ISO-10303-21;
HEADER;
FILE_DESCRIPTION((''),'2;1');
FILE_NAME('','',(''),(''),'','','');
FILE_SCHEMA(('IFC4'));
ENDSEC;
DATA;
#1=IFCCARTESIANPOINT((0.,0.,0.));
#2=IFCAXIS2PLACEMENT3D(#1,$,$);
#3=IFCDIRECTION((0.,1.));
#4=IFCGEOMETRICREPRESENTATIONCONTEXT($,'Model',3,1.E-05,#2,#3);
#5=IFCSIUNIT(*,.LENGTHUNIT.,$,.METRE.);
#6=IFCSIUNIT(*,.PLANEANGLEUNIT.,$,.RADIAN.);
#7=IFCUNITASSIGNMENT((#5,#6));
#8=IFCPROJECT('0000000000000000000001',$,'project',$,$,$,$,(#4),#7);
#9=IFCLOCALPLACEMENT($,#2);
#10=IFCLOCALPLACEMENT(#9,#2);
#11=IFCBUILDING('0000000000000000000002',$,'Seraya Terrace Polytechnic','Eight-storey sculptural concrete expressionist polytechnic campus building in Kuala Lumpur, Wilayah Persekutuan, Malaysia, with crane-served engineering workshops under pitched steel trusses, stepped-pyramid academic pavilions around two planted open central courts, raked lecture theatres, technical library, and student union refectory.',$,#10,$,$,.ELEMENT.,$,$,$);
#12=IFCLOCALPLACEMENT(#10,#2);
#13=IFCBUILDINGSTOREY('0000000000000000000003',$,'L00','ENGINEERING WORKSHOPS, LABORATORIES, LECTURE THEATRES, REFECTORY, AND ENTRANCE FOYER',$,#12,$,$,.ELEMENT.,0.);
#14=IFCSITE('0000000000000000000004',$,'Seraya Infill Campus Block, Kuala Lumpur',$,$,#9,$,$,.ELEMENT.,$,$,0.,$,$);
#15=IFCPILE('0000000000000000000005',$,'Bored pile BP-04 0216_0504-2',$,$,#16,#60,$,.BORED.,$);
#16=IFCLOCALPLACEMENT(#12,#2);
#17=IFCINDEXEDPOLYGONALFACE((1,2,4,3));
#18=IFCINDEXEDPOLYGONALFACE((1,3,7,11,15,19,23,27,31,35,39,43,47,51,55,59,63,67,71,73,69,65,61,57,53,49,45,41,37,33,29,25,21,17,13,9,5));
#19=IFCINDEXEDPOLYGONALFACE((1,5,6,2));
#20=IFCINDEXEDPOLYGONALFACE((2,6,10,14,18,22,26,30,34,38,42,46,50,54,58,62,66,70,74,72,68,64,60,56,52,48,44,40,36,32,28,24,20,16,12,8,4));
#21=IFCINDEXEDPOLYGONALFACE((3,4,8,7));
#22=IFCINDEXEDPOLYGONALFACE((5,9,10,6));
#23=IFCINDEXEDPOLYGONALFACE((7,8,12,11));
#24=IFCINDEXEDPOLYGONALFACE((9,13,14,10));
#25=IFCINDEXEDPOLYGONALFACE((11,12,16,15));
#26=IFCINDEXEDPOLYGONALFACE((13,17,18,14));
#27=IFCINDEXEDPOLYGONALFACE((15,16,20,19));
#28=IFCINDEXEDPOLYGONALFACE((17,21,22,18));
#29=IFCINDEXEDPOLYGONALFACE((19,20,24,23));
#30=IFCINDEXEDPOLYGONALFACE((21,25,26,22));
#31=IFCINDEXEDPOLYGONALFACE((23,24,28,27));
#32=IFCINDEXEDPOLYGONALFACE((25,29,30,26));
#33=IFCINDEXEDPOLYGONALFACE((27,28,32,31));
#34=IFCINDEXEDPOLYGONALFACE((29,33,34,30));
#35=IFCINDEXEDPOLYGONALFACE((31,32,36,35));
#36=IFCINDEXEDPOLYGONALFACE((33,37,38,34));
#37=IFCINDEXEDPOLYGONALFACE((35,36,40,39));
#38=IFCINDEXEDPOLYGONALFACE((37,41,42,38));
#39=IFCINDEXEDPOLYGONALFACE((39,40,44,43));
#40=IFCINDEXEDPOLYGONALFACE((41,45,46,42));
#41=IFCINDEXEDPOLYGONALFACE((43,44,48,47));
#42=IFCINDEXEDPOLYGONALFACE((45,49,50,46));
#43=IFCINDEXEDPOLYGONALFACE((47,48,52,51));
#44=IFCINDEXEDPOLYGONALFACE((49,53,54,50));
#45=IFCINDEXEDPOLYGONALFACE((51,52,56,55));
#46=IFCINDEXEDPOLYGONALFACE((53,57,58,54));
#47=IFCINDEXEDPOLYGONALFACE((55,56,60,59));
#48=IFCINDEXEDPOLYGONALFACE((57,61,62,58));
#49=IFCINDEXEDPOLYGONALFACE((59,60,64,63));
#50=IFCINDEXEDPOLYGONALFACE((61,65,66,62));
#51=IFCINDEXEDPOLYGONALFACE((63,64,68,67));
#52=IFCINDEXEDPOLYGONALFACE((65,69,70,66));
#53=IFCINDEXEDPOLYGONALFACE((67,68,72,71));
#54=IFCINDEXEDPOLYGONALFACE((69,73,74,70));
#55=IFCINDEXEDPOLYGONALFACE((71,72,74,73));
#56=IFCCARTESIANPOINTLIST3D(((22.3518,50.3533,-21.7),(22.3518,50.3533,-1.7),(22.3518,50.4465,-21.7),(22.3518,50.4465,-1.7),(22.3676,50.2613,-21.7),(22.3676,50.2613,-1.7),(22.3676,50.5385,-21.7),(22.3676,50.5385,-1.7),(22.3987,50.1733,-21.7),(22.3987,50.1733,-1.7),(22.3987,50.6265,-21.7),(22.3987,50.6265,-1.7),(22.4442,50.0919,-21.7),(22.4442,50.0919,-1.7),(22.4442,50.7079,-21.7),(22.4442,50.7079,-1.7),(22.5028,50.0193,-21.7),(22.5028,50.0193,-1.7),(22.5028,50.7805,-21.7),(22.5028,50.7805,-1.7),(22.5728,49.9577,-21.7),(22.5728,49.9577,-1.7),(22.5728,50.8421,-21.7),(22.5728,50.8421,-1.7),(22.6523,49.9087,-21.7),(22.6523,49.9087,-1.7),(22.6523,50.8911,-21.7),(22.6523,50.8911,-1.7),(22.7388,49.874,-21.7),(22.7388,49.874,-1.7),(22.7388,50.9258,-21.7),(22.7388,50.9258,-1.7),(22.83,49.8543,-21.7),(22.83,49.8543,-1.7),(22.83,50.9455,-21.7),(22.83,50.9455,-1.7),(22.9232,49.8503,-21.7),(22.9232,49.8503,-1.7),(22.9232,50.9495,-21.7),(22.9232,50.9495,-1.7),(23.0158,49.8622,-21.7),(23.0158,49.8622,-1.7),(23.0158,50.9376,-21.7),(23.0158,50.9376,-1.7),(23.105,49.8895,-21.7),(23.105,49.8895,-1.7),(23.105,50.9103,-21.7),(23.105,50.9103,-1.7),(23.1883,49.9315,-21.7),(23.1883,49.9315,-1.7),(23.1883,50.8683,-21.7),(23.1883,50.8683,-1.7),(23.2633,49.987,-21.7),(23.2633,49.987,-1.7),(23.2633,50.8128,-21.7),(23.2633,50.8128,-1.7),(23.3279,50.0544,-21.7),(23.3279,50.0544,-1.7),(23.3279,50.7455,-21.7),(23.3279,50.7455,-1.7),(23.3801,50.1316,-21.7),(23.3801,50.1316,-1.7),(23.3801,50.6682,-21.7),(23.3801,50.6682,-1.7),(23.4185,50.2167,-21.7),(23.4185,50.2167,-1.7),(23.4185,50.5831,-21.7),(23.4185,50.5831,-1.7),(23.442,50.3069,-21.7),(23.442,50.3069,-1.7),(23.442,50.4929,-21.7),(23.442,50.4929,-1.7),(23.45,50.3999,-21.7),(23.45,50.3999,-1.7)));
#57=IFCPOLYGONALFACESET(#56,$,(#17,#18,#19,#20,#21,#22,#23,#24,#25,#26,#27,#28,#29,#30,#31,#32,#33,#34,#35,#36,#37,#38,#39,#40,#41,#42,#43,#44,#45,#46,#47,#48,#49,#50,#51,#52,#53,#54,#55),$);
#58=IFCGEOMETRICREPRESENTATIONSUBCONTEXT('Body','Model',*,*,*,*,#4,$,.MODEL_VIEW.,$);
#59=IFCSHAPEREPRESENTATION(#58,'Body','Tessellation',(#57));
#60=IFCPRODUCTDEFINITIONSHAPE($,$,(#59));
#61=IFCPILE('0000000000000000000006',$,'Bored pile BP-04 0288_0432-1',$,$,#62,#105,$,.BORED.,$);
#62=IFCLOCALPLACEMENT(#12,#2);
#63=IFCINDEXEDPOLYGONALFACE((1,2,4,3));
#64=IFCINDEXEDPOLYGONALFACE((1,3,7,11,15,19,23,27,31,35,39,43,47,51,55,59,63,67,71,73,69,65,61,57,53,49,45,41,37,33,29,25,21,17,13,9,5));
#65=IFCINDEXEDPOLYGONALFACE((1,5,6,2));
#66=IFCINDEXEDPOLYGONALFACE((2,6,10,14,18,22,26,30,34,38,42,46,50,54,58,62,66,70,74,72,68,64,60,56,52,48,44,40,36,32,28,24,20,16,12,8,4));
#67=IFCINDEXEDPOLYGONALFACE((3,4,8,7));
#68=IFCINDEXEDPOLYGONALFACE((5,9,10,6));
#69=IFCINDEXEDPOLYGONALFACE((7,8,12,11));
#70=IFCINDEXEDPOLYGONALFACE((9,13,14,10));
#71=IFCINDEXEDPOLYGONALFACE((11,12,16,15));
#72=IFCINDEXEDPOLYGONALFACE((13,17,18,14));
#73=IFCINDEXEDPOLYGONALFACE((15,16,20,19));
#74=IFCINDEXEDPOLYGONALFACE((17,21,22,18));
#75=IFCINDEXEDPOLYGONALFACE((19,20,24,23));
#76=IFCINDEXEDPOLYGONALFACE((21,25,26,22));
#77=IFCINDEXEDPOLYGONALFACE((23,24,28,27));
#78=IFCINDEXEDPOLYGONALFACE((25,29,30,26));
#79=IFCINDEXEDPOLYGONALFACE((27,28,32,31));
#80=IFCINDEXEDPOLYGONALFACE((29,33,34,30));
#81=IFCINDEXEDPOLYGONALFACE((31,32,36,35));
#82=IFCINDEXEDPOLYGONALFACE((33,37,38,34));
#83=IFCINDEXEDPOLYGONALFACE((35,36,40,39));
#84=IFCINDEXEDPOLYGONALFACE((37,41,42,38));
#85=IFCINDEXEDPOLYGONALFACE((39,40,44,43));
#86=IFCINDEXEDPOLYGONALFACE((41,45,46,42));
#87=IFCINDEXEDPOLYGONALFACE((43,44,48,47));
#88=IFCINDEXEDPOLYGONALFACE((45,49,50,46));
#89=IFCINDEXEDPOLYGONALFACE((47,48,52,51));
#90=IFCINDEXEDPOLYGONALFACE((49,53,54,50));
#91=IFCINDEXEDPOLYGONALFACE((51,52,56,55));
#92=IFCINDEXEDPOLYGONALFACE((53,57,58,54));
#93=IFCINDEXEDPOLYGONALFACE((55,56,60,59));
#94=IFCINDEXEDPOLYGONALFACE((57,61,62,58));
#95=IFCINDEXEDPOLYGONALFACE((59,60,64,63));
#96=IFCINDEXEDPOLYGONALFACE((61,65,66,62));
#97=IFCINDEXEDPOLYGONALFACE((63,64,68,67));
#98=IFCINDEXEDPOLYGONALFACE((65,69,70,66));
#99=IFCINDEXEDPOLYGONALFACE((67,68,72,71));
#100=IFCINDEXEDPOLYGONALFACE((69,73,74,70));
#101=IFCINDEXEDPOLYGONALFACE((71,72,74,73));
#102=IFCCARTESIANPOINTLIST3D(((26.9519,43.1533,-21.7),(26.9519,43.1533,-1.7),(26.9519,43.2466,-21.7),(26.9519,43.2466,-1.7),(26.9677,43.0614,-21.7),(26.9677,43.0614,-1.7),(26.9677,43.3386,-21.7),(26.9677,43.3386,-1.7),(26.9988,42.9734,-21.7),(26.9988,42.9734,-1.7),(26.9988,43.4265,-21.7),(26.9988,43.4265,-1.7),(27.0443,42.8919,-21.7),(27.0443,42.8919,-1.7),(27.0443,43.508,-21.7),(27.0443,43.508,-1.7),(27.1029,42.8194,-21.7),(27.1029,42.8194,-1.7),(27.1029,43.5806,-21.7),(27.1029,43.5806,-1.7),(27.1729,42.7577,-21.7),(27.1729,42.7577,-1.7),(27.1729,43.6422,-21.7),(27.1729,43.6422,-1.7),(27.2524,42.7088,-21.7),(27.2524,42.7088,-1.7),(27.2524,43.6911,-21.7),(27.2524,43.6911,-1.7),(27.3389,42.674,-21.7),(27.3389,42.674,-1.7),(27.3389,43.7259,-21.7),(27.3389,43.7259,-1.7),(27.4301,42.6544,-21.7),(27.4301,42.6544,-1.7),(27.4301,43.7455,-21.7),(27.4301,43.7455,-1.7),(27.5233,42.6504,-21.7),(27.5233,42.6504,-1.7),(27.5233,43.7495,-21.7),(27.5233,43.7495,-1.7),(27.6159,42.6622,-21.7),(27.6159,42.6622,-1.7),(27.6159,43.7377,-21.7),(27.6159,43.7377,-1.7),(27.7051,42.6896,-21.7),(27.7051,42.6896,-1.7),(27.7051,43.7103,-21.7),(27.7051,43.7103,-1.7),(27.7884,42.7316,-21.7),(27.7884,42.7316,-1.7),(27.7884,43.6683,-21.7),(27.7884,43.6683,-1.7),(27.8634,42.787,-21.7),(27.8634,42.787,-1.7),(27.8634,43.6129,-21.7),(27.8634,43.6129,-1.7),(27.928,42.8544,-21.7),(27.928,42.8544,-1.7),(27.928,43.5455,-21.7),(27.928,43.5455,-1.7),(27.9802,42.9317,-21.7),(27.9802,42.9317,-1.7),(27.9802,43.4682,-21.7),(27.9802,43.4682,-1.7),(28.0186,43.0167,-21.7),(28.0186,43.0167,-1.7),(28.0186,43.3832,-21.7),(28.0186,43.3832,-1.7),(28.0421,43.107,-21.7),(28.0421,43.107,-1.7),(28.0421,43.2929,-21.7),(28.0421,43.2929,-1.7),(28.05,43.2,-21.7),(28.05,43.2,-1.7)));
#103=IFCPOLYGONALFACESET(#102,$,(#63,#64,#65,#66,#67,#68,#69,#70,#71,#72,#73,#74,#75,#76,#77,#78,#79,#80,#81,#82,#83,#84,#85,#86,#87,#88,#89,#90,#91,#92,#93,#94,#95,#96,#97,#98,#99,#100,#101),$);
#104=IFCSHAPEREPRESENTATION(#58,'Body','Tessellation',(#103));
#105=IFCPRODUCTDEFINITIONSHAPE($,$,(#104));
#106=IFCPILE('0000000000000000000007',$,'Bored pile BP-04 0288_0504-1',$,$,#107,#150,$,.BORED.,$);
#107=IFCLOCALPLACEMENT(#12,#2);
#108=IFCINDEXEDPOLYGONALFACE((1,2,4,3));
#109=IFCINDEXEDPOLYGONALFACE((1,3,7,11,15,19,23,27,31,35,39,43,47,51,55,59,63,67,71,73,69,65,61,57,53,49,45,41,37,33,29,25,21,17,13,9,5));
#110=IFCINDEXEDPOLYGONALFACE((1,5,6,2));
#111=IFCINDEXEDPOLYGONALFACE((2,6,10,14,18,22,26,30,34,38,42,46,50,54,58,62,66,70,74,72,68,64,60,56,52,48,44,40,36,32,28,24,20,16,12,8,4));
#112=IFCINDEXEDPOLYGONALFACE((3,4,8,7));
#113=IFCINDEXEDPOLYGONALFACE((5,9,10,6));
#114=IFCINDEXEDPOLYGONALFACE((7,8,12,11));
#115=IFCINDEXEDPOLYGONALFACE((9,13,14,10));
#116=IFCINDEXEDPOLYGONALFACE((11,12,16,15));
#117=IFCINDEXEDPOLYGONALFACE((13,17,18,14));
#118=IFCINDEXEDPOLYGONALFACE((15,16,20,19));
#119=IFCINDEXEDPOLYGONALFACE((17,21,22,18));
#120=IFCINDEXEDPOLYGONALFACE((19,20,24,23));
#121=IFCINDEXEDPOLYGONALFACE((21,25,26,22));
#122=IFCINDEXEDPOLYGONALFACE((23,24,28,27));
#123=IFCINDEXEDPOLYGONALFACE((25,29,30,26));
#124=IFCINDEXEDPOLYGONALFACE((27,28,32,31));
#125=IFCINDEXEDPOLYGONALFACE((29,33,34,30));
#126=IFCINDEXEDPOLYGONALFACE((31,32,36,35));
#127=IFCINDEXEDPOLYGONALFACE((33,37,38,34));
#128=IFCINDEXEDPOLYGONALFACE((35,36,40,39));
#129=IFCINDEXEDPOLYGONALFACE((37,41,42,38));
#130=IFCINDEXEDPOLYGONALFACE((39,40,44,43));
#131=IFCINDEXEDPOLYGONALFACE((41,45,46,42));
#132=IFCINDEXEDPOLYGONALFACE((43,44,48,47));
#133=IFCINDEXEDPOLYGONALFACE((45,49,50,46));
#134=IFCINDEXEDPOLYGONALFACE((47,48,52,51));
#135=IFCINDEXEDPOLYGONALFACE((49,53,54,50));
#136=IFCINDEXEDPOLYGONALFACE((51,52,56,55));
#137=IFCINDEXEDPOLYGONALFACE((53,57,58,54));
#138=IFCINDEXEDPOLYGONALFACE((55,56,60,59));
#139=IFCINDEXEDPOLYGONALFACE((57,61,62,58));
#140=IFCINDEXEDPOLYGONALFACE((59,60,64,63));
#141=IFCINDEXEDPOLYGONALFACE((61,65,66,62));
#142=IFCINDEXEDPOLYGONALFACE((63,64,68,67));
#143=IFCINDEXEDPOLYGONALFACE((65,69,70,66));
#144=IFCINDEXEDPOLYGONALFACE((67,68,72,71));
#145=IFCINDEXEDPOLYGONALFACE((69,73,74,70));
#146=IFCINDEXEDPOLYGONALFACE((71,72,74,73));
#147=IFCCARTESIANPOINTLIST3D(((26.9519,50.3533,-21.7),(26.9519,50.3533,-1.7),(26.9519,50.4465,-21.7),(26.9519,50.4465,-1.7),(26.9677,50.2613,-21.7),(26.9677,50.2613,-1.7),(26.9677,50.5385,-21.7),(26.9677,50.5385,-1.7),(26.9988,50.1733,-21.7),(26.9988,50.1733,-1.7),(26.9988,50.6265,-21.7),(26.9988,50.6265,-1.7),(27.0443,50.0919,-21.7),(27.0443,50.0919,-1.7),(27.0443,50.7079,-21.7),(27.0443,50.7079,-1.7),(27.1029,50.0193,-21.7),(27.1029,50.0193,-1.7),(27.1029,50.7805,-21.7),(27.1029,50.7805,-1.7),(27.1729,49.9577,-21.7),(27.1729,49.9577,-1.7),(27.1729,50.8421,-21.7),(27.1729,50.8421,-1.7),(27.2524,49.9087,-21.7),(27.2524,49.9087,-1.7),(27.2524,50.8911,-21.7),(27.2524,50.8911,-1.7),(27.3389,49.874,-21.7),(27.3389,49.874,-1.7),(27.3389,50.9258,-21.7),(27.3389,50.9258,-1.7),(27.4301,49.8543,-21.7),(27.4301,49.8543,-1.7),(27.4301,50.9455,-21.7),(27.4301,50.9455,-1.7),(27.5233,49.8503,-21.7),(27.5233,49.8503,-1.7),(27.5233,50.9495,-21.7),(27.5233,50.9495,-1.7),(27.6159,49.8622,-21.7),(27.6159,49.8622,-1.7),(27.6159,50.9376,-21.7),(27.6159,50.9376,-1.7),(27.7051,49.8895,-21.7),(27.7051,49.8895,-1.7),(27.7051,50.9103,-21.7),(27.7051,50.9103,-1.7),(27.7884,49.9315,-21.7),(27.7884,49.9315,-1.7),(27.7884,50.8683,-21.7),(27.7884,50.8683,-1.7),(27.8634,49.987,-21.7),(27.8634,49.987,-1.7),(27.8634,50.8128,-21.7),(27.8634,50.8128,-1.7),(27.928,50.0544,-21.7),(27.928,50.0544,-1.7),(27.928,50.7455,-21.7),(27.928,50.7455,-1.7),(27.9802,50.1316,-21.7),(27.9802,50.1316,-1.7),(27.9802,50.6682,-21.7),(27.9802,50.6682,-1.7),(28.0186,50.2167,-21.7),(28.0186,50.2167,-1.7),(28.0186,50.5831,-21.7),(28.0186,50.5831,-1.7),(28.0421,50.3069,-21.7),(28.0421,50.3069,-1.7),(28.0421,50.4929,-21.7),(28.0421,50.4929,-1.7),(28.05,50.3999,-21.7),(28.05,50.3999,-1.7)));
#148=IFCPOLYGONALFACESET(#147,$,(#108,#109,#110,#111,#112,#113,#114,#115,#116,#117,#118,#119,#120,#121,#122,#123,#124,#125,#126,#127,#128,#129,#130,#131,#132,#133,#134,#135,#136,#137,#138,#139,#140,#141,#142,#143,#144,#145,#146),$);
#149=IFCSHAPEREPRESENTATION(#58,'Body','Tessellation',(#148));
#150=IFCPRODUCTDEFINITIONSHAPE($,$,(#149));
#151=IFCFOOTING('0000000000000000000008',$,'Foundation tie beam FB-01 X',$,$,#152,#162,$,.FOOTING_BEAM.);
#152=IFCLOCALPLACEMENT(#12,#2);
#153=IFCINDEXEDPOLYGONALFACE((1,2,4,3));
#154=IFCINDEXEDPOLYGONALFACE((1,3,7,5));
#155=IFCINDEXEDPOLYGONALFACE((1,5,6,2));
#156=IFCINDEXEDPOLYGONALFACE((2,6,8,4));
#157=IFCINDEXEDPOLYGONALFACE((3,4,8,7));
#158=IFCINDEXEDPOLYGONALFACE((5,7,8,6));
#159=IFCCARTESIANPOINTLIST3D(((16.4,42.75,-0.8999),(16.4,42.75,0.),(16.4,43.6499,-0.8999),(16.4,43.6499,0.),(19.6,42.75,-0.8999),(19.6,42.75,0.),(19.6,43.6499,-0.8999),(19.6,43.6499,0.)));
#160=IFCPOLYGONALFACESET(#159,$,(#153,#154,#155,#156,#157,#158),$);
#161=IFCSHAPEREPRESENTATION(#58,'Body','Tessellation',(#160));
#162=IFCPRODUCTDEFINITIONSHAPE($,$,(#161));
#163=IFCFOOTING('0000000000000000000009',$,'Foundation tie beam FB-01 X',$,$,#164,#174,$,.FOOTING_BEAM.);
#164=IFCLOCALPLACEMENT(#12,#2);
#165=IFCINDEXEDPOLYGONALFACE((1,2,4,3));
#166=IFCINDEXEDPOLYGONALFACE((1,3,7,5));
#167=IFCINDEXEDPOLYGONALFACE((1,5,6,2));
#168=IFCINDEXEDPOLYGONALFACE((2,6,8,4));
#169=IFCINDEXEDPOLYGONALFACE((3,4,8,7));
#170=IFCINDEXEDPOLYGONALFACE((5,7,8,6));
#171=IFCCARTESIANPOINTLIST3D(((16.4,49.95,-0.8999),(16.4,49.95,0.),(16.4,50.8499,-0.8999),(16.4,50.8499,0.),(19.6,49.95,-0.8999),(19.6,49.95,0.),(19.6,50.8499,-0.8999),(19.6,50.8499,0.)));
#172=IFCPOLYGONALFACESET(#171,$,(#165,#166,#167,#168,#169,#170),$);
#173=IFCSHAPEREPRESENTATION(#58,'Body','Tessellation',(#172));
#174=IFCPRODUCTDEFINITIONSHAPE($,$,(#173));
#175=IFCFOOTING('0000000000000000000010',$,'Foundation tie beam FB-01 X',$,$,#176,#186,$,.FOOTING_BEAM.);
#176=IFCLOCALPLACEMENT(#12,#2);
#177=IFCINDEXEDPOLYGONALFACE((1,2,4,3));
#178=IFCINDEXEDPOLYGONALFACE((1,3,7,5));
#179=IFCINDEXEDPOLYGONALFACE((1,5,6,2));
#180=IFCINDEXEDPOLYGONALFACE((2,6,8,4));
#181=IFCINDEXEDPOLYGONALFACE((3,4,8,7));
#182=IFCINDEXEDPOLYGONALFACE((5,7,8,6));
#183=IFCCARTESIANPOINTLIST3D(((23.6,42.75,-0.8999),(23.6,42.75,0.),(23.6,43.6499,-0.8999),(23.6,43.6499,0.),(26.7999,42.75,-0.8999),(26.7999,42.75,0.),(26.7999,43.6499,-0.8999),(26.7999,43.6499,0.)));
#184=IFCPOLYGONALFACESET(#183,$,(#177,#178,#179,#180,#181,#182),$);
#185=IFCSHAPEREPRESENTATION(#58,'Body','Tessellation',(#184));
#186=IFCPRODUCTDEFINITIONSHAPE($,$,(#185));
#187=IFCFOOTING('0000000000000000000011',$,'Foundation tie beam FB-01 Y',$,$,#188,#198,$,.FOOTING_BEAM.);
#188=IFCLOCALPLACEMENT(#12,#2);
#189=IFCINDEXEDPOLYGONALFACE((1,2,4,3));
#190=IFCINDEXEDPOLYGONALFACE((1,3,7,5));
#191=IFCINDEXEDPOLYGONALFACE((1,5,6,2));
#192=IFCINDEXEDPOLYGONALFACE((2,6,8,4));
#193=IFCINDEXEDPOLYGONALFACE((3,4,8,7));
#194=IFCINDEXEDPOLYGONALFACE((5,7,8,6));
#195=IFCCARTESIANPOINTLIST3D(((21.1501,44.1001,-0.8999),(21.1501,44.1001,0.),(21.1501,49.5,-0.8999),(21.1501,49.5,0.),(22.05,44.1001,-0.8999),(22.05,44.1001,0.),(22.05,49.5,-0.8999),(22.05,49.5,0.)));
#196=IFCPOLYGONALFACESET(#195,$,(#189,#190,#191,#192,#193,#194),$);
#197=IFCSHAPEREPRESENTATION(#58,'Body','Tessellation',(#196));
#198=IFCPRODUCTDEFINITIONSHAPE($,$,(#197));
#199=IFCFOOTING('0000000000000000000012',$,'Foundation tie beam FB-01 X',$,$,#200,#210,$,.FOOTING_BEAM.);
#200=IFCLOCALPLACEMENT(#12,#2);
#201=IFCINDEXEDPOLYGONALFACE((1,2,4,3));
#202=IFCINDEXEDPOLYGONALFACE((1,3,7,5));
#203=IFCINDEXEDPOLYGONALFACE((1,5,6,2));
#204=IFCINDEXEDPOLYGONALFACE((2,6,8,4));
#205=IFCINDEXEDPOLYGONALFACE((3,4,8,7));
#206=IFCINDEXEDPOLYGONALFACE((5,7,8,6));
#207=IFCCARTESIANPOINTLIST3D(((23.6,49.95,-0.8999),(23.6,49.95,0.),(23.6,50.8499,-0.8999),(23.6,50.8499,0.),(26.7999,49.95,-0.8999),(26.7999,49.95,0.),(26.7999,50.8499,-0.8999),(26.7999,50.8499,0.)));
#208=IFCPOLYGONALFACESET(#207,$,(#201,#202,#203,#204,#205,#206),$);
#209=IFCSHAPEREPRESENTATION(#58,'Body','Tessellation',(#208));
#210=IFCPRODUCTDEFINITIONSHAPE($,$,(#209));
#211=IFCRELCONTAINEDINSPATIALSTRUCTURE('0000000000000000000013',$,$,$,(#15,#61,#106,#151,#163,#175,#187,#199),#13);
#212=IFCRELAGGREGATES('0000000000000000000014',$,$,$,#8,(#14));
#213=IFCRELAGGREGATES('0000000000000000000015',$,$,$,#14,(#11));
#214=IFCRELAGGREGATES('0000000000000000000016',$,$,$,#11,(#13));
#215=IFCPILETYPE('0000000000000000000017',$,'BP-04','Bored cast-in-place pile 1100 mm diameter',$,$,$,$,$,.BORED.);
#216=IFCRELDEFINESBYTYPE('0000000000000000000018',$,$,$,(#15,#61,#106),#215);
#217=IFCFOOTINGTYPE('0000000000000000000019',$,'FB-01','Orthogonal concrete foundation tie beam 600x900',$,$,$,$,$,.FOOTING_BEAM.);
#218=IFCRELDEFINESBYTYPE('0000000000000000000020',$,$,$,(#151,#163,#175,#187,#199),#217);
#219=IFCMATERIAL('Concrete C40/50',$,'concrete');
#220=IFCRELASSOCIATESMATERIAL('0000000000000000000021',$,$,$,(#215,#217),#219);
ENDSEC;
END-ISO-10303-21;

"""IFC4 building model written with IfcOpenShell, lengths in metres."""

from ifc_helpers import new_model, si_unit, direction, frame, origin, origin_2d, place, context, subcontext, project, spatial, rectangle, circle, extrude, material, material_profile, profile_set, type_object, element, save


model = new_model("IFC4")

# Units and contexts
model_context = context("Model", 3, precision=1e-05, world=origin(), true_north=direction((0.0, 1.0)))
body_context = subcontext(model_context, "Body", "Model", "MODEL_VIEW")
ifc_project = project(units=[si_unit("LENGTHUNIT", "METRE"), si_unit("PLANEANGLEUNIT", "RADIAN")], contexts=[model_context])

# Site, building, storey
site_placement = place(None, origin())
site = spatial("IfcSite", under=ifc_project, at=site_placement, Name="Seraya Infill Campus Block, Kuala Lumpur", CompositionType="ELEMENT", RefElevation=0.0)
building_placement = place(site_placement, origin())
building = spatial("IfcBuilding", under=site, at=building_placement, Name="Seraya Terrace Polytechnic", Description="Eight-storey sculptural concrete expressionist polytechnic campus building in Kuala Lumpur, Wilayah Persekutuan, Malaysia, with crane-served engineering workshops under pitched steel trusses, stepped-pyramid academic pavilions around two planted open central courts, raked lecture theatres, technical library, and student union refectory.", CompositionType="ELEMENT")
storey_placement = place(building_placement, origin())
storey = spatial("IfcBuildingStorey", under=building, at=storey_placement, Name="L00", Description="ENGINEERING WORKSHOPS, LABORATORIES, LECTURE THEATRES, REFECTORY, AND ENTRANCE FOYER", CompositionType="ELEMENT", Elevation=0.0)

# Piles
ifc_material_1 = material(Name="Concrete C40/50", Category="concrete")
ifc_material_profile_1 = material_profile(ifc_material_1, circle(Radius=0.55, at=origin_2d()), Name="DIA 1100")
ifc_profile_set_1 = profile_set([ifc_material_profile_1], Name="Concrete C40/50")
pile_type = type_object("IfcPileType", Name="BP-04", Description="Bored cast-in-place pile 1100 mm diameter", PredefinedType="BORED", material=ifc_profile_set_1)
for number, where, z_axis, x_axis, name in (
    (1, (22.8999, 50.3999, -1.7), (0.0, 0.0, -1.0), (1.0, 0.0, 0.0), "Bored pile BP-04 0216_0504-2"),
    (2, (27.5, 43.2, -1.7), (0.0, 0.0, -1.0), (1.0, 0.0, 0.0), "Bored pile BP-04 0288_0432-1"),
    (3, (27.5, 50.3999, -1.7), (0.0, 0.0, -1.0), (1.0, 0.0, 0.0), "Bored pile BP-04 0288_0504-1"),
):
    element("IfcPile", number, at=place(storey_placement, frame(where, z_axis=z_axis, x_axis=x_axis)), inside=storey, type_object=pile_type, Name=name, PredefinedType="BORED", context=body_context, shape_type="SweptSolid", body=[
        extrude(circle(Radius=0.55, at=origin_2d()), origin(), (0.0, 0.0, 1.0), 20.0),
    ])

# Footings
footing_type_1 = type_object("IfcFootingType", Name="FB-01", Description="Orthogonal concrete foundation tie beam 600x900", PredefinedType="FOOTING_BEAM", material=ifc_material_1)
for number, where, z_axis, x_axis, name in (
    (4, (18.0, 43.2, -0.8999), (0.0, 0.0, 1.0), (1.0, 0.0, 0.0), "Foundation tie beam FB-01 X"),
    (5, (18.0, 50.3999, -0.8999), (0.0, 0.0, 1.0), (1.0, 0.0, 0.0), "Foundation tie beam FB-01 X"),
    (6, (25.2, 43.2, -0.8999), (0.0, 0.0, 1.0), (1.0, 0.0, 0.0), "Foundation tie beam FB-01 X"),
):
    element("IfcFooting", number, at=place(storey_placement, frame(where, z_axis=z_axis, x_axis=x_axis)), inside=storey, type_object=footing_type_1, Name=name, PredefinedType="FOOTING_BEAM", context=body_context, shape_type="SweptSolid", body=[
        extrude(rectangle(XDim=3.2, YDim=0.8999, at=origin_2d()), origin(), (0.0, 0.0, 1.0), 0.8999),
    ])
footing_1_placement = place(storey_placement, frame((21.6001, 46.8, -0.8999), z_axis=(0.0, 0.0, 1.0), x_axis=(0.0, 1.0, 0.0)))
element("IfcFooting", 7, at=footing_1_placement, inside=storey, type_object=footing_type_1, Name="Foundation tie beam FB-01 Y", PredefinedType="FOOTING_BEAM", context=body_context, shape_type="SweptSolid", body=[
    extrude(rectangle(XDim=5.3999, YDim=0.8999, at=origin_2d()), origin(), (0.0, 0.0, 1.0), 0.8999),
])
footing_2_placement = place(storey_placement, frame((25.2, 50.3999, -0.8999), z_axis=(0.0, 0.0, 1.0), x_axis=(1.0, 0.0, 0.0)))
element("IfcFooting", 8, at=footing_2_placement, inside=storey, type_object=footing_type_1, Name="Foundation tie beam FB-01 X", PredefinedType="FOOTING_BEAM", context=body_context, shape_type="SweptSolid", body=[
    extrude(rectangle(XDim=3.2, YDim=0.8999, at=origin_2d()), origin(), (0.0, 0.0, 1.0), 0.8999),
])

save(model, "model.ifc")
